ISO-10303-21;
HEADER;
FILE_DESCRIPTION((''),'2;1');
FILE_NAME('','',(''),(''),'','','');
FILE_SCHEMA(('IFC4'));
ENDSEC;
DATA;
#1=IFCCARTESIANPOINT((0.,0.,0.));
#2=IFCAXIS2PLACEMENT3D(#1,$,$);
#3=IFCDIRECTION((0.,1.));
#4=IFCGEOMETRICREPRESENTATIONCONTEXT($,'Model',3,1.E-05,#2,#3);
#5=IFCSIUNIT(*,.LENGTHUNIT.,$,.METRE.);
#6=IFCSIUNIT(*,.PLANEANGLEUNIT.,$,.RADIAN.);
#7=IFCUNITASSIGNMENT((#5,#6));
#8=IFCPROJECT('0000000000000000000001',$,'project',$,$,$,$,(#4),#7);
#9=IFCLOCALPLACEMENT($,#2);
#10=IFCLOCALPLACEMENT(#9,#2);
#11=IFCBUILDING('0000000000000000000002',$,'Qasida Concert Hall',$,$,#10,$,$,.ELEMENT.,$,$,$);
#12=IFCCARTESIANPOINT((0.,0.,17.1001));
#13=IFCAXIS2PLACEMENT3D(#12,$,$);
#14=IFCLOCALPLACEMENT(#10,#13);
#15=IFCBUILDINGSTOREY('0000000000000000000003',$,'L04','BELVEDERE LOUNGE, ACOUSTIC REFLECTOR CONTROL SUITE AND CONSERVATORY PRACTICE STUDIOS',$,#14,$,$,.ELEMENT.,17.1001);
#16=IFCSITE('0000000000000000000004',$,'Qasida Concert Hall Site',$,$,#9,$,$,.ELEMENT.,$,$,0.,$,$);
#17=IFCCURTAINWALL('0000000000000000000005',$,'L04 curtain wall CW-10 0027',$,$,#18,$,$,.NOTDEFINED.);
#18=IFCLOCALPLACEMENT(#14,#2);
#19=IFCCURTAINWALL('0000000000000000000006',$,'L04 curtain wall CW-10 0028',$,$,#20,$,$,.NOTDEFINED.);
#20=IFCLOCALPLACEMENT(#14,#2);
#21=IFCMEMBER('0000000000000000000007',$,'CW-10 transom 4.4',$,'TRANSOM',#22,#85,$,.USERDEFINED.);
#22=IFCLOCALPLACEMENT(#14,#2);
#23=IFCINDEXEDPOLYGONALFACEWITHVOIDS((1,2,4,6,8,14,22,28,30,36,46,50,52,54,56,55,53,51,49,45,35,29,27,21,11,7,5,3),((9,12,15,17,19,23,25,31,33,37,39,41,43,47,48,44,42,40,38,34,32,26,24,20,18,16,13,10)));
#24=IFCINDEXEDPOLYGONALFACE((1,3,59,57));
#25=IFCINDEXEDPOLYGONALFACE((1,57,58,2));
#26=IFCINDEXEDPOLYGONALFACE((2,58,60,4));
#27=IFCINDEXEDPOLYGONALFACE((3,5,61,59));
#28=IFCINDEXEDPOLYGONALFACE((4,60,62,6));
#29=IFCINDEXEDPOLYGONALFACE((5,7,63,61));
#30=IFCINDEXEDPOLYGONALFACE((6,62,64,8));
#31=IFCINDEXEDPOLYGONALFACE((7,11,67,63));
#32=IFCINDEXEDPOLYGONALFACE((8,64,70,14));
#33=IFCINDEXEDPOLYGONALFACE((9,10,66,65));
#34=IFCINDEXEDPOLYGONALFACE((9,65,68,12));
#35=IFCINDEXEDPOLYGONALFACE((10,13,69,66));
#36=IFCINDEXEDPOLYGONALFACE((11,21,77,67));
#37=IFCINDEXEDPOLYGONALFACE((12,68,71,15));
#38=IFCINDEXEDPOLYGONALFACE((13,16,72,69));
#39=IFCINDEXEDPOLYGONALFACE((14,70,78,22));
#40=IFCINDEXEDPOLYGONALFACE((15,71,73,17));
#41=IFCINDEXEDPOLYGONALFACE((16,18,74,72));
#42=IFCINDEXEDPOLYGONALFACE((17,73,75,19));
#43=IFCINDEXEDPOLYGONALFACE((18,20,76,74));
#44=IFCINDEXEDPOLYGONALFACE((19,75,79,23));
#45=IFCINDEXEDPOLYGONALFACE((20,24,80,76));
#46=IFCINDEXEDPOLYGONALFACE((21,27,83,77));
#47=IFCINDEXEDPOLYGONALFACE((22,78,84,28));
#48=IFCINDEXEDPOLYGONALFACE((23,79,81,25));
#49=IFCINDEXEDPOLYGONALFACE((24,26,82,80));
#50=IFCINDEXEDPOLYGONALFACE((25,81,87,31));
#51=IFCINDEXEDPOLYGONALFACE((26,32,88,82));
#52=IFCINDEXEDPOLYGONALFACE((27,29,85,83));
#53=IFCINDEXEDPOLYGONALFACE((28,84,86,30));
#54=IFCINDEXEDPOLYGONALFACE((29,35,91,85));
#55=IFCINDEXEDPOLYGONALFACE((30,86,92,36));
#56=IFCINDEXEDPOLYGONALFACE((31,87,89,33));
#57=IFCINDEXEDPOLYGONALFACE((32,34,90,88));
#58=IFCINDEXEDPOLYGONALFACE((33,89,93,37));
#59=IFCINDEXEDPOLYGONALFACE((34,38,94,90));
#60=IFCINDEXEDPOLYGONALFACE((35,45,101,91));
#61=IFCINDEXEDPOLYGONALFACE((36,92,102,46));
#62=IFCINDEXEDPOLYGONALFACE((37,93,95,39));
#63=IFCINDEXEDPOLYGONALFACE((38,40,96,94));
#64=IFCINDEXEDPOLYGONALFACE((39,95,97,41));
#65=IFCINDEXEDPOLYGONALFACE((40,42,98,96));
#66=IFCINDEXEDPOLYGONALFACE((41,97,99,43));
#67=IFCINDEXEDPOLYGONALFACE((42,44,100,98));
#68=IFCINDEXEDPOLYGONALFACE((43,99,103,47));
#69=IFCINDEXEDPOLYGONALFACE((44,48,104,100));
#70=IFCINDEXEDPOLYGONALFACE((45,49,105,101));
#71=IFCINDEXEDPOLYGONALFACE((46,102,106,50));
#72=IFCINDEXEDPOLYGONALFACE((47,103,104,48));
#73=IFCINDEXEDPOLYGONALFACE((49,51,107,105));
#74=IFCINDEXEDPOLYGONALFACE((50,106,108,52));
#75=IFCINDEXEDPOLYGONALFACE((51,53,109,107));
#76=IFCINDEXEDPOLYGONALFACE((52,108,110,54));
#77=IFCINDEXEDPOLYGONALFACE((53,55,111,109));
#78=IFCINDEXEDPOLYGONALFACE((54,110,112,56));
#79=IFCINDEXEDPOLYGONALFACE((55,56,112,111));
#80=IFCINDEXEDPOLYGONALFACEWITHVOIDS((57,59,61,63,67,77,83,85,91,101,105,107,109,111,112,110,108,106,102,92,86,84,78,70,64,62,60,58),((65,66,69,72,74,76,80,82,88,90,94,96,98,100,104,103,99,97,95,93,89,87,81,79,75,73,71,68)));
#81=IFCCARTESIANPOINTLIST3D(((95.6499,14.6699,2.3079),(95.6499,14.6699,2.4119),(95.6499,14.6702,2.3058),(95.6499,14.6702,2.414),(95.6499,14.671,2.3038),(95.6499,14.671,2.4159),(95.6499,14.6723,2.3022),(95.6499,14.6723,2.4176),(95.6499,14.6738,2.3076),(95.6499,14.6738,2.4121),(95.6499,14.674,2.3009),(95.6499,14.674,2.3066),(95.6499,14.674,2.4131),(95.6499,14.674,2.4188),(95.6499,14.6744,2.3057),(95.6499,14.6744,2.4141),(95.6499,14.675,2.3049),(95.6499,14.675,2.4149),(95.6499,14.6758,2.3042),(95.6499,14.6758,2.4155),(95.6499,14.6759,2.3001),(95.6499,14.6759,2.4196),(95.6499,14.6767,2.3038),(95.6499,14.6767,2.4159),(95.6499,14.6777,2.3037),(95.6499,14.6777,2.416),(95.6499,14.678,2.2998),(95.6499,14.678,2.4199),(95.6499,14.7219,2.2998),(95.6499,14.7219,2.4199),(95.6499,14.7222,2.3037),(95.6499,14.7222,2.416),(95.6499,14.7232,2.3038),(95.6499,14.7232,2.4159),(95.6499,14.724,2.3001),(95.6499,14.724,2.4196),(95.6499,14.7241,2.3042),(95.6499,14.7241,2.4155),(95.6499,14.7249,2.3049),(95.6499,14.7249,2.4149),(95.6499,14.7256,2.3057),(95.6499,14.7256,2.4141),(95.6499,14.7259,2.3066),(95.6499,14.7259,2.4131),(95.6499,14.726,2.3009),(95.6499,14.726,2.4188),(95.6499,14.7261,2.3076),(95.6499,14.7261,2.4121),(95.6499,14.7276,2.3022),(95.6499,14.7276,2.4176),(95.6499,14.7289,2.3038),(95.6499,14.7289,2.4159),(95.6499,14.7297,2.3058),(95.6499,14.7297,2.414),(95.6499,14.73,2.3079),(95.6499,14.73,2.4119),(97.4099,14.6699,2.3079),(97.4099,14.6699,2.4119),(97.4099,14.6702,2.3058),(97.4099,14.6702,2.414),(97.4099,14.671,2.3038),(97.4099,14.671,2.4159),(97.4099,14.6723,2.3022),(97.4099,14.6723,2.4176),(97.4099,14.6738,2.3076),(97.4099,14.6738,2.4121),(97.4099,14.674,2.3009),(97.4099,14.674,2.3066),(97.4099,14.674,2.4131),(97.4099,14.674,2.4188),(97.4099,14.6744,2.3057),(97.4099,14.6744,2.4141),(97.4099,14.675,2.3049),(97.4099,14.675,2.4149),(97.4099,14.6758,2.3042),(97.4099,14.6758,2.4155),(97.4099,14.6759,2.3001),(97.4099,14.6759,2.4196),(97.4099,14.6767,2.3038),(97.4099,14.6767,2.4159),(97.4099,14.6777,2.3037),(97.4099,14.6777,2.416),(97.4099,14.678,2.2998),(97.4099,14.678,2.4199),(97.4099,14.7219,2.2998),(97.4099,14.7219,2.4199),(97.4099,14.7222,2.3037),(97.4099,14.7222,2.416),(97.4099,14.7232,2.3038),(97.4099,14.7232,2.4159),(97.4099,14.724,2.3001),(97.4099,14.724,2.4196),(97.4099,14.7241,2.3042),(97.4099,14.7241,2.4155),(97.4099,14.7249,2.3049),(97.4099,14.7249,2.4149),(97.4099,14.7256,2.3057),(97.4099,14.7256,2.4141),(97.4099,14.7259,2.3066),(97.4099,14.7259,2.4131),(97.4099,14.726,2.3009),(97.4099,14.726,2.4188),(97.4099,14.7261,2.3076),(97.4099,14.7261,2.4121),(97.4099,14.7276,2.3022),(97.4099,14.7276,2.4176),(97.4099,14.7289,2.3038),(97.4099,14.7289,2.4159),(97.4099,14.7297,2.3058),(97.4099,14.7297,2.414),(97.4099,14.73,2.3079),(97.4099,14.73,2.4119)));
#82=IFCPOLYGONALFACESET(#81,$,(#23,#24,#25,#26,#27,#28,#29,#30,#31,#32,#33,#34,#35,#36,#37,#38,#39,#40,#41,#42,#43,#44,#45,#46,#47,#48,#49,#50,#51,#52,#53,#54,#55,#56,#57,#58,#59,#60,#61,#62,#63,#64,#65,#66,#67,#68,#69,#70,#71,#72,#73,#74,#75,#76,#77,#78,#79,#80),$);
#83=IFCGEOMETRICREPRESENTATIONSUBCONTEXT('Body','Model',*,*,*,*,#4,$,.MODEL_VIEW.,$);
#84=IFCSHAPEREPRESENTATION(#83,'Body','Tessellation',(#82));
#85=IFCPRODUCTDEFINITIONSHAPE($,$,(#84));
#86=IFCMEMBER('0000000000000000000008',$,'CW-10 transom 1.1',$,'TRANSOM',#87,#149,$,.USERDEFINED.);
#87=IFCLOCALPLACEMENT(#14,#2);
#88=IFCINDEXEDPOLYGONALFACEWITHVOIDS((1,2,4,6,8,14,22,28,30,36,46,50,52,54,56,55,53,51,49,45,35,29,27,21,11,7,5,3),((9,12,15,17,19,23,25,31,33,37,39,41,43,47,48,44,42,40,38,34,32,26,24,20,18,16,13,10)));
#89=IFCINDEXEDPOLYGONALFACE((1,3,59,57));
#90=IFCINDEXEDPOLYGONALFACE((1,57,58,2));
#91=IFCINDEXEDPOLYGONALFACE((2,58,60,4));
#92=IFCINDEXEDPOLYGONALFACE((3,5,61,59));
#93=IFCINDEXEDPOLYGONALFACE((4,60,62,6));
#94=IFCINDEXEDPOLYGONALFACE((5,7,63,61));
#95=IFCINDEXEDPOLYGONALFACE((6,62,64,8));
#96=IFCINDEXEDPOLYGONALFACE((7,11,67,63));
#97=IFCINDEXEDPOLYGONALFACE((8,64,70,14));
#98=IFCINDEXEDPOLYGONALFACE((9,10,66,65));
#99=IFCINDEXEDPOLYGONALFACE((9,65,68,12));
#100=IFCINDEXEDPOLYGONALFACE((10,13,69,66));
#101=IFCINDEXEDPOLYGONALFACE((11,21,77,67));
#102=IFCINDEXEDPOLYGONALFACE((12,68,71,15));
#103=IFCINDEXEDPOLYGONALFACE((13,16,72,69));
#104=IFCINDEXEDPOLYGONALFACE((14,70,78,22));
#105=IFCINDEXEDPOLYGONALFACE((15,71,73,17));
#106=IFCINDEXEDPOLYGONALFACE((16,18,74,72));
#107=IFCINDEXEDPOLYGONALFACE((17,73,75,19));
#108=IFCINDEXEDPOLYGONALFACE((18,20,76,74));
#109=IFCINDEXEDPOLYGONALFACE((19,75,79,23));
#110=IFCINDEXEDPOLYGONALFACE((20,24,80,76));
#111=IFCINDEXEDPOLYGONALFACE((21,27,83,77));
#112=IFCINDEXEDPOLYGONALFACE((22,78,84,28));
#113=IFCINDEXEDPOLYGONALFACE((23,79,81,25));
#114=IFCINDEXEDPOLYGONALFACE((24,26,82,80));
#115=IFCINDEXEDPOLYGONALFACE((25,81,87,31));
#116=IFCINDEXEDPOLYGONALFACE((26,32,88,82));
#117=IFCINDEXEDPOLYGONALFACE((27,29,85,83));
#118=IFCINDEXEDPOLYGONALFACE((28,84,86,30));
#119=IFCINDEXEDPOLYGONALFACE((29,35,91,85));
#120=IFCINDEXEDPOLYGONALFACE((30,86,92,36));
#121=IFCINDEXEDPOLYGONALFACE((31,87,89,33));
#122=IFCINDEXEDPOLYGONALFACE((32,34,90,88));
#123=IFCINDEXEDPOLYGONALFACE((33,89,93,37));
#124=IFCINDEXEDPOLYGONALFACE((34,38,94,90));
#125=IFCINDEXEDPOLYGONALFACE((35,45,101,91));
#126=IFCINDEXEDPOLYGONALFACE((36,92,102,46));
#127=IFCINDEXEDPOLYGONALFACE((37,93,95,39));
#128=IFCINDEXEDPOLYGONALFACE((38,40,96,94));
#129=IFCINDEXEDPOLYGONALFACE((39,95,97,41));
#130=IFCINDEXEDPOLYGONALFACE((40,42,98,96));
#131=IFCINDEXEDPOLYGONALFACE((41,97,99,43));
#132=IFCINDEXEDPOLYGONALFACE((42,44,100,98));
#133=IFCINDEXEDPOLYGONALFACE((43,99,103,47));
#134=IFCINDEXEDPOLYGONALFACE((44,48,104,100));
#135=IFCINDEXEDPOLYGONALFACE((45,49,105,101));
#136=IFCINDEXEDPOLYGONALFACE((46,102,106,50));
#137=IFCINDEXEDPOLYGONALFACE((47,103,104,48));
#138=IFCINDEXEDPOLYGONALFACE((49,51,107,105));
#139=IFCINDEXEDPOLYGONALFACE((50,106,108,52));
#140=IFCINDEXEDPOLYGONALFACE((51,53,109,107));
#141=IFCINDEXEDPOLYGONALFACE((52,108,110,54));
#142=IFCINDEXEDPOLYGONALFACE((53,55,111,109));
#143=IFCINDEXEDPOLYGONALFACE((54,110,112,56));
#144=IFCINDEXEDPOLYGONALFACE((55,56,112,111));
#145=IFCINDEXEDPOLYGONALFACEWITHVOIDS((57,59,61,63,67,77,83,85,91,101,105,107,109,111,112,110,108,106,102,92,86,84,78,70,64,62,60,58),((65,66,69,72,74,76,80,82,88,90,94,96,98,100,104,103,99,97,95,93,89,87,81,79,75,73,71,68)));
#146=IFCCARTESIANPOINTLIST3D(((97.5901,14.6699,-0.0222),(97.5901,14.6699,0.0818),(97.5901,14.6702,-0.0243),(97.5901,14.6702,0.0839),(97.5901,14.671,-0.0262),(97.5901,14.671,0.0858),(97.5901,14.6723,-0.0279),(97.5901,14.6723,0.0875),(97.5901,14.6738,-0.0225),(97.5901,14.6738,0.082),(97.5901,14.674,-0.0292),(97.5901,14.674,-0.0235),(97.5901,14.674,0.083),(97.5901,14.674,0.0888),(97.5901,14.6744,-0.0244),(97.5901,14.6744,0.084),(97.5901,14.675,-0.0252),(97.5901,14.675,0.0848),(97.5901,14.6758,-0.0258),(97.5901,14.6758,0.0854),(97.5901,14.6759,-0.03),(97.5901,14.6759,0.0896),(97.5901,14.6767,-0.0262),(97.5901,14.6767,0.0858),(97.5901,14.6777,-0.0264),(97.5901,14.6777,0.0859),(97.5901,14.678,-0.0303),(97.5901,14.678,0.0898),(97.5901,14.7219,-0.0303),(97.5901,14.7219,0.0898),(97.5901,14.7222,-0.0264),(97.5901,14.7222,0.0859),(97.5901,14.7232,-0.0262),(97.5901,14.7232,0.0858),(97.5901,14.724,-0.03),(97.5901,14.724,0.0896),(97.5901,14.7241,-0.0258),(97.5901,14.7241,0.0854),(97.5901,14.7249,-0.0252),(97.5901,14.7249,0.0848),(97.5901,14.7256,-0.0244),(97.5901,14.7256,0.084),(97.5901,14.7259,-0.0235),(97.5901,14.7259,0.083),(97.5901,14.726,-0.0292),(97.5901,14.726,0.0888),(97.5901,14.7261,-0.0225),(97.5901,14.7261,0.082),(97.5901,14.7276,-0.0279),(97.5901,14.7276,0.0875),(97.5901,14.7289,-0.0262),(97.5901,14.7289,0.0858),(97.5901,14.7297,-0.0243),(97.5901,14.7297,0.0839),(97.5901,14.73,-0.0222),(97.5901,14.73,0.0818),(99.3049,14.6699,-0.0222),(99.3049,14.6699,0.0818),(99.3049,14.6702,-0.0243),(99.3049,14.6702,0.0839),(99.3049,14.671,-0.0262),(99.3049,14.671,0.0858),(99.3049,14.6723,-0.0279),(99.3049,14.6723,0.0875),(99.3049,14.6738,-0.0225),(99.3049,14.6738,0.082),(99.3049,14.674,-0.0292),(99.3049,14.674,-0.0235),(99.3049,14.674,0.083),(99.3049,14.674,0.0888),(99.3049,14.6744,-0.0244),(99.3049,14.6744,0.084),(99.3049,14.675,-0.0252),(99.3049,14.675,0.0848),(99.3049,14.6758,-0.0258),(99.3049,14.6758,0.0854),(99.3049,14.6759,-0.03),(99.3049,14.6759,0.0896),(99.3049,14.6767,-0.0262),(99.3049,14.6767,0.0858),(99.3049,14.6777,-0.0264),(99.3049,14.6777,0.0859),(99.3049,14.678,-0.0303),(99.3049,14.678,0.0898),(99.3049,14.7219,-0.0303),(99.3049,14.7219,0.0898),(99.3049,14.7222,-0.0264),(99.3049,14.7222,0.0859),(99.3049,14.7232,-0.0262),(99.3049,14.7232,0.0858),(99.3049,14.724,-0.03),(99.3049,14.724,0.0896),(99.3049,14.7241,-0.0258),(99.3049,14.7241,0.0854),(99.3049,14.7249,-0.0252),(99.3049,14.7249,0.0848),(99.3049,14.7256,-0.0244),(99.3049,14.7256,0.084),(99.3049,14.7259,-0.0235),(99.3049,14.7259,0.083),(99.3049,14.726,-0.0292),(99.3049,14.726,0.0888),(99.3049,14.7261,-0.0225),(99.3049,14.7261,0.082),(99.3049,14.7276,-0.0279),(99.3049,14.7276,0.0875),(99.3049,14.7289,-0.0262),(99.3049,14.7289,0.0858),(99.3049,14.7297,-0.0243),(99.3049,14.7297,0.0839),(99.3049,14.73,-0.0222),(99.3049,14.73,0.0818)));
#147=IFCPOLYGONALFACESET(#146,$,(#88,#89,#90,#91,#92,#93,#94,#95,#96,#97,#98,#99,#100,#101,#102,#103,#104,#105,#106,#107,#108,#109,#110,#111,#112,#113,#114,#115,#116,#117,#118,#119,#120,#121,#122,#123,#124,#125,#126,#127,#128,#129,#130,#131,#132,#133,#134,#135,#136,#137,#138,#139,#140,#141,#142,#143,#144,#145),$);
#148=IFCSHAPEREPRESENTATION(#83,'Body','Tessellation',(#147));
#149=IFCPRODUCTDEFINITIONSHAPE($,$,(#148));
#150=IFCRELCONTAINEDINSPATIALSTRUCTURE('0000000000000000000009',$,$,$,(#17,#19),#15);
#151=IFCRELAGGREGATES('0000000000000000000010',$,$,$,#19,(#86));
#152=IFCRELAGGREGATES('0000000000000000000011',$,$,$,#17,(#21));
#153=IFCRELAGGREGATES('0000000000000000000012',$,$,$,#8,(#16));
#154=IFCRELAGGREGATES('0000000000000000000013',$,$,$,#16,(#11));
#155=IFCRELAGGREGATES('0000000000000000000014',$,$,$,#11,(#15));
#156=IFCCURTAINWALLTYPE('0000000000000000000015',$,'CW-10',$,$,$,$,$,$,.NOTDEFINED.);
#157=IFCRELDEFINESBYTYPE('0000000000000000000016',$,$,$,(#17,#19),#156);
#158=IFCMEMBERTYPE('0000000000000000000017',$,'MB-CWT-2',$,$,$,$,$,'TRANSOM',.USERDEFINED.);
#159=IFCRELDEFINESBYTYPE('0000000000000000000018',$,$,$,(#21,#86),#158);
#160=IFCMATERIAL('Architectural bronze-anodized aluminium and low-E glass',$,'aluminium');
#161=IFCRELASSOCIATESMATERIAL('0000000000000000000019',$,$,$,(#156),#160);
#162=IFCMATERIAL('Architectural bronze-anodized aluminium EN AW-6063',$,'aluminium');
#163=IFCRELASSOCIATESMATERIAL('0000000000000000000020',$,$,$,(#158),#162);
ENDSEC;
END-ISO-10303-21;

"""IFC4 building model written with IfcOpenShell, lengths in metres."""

from ifc_helpers import new_model, si_unit, direction, frame, origin, origin_2d, place, context, subcontext, project, spatial, hollow_rectangle, extrude, material, material_profile, profile_set, type_object, element, aggregate, save


model = new_model("IFC4")

# Units and contexts
model_context = context("Model", 3, precision=1e-05, world=origin(), true_north=direction((0.0, 1.0)))
body_context = subcontext(model_context, "Body", "Model", "MODEL_VIEW")
ifc_project = project(units=[si_unit("LENGTHUNIT", "METRE"), si_unit("PLANEANGLEUNIT", "RADIAN")], contexts=[model_context])

# Site, building, storey
site_placement = place(None, origin())
site = spatial("IfcSite", under=ifc_project, at=site_placement, Name="Qasida Concert Hall Site", CompositionType="ELEMENT", RefElevation=0.0)
building_placement = place(site_placement, origin())
building = spatial("IfcBuilding", under=site, at=building_placement, Name="Qasida Concert Hall", CompositionType="ELEMENT")
storey_placement = place(building_placement, frame((0.0, 0.0, 17.1001)))
storey = spatial("IfcBuildingStorey", under=building, at=storey_placement, Name="L04", Description="BELVEDERE LOUNGE, ACOUSTIC REFLECTOR CONTROL SUITE AND CONSERVATORY PRACTICE STUDIOS", CompositionType="ELEMENT", Elevation=17.1001)

# Curtain wall
ifc_material_1 = material(Name="Architectural bronze-anodized aluminium and low-E glass", Category="aluminium")
curtain_wall_type = type_object("IfcCurtainWallType", Name="CW-10", PredefinedType="NOTDEFINED", material=ifc_material_1)
curtain_wall_1_placement = place(storey_placement, origin())
curtain_wall_1 = element("IfcCurtainWall", 1, at=curtain_wall_1_placement, inside=storey, type_object=curtain_wall_type, Name="L04 curtain wall CW-10 0027", PredefinedType="NOTDEFINED")
ifc_material_2 = material(Name="Architectural bronze-anodized aluminium EN AW-6063", Category="aluminium")

# Curtain wall
curtain_wall_2_placement = place(storey_placement, origin())
curtain_wall_2 = element("IfcCurtainWall", 2, at=curtain_wall_2_placement, inside=storey, type_object=curtain_wall_type, Name="L04 curtain wall CW-10 0028", PredefinedType="NOTDEFINED")

# Members
ifc_material_profile_1 = material_profile(ifc_material_2, hollow_rectangle(XDim=0.0601, YDim=0.1201, WallThickness=0.0039, InnerFilletRadius=0.0039, OuterFilletRadius=0.0081, at=origin_2d()), Name="CWT 120x60x4")
ifc_profile_set_1 = profile_set([ifc_material_profile_1], Name="Architectural bronze-anodized aluminium EN AW-6063")
member_type_1 = type_object("IfcMemberType", Name="MB-CWT-2", ElementType="TRANSOM", PredefinedType="USERDEFINED", material=ifc_profile_set_1)
member_1_placement = place(storey_placement, frame((95.6499, 14.7, 2.3599), z_axis=(1.0, 0.0, 0.0), x_axis=(0.0, 1.0, 0.0)))
member_1 = element("IfcMember", 3, at=member_1_placement, type_object=member_type_1, Name="CW-10 transom 4.4", ObjectType="TRANSOM", PredefinedType="USERDEFINED", context=body_context, shape_type="SweptSolid", body=[
    extrude(hollow_rectangle(XDim=0.0601, YDim=0.1201, WallThickness=0.0039, InnerFilletRadius=0.0039, OuterFilletRadius=0.0081, at=origin_2d()), origin(), (0.0, 0.0, 1.0), 1.76),
])
member_2_placement = place(storey_placement, frame((97.5901, 14.7, 0.0298), z_axis=(1.0, 0.0, 0.0), x_axis=(0.0, 1.0, 0.0)))
member_2 = element("IfcMember", 4, at=member_2_placement, type_object=member_type_1, Name="CW-10 transom 1.1", ObjectType="TRANSOM", PredefinedType="USERDEFINED", context=body_context, shape_type="SweptSolid", body=[
    extrude(hollow_rectangle(XDim=0.0601, YDim=0.1201, WallThickness=0.0039, InnerFilletRadius=0.0039, OuterFilletRadius=0.0081, at=origin_2d()), origin(), (0.0, 0.0, 1.0), 1.7148),
])
aggregate(curtain_wall_2, [member_2])

aggregate(curtain_wall_1, [member_1])

save(model, "model.ifc")
